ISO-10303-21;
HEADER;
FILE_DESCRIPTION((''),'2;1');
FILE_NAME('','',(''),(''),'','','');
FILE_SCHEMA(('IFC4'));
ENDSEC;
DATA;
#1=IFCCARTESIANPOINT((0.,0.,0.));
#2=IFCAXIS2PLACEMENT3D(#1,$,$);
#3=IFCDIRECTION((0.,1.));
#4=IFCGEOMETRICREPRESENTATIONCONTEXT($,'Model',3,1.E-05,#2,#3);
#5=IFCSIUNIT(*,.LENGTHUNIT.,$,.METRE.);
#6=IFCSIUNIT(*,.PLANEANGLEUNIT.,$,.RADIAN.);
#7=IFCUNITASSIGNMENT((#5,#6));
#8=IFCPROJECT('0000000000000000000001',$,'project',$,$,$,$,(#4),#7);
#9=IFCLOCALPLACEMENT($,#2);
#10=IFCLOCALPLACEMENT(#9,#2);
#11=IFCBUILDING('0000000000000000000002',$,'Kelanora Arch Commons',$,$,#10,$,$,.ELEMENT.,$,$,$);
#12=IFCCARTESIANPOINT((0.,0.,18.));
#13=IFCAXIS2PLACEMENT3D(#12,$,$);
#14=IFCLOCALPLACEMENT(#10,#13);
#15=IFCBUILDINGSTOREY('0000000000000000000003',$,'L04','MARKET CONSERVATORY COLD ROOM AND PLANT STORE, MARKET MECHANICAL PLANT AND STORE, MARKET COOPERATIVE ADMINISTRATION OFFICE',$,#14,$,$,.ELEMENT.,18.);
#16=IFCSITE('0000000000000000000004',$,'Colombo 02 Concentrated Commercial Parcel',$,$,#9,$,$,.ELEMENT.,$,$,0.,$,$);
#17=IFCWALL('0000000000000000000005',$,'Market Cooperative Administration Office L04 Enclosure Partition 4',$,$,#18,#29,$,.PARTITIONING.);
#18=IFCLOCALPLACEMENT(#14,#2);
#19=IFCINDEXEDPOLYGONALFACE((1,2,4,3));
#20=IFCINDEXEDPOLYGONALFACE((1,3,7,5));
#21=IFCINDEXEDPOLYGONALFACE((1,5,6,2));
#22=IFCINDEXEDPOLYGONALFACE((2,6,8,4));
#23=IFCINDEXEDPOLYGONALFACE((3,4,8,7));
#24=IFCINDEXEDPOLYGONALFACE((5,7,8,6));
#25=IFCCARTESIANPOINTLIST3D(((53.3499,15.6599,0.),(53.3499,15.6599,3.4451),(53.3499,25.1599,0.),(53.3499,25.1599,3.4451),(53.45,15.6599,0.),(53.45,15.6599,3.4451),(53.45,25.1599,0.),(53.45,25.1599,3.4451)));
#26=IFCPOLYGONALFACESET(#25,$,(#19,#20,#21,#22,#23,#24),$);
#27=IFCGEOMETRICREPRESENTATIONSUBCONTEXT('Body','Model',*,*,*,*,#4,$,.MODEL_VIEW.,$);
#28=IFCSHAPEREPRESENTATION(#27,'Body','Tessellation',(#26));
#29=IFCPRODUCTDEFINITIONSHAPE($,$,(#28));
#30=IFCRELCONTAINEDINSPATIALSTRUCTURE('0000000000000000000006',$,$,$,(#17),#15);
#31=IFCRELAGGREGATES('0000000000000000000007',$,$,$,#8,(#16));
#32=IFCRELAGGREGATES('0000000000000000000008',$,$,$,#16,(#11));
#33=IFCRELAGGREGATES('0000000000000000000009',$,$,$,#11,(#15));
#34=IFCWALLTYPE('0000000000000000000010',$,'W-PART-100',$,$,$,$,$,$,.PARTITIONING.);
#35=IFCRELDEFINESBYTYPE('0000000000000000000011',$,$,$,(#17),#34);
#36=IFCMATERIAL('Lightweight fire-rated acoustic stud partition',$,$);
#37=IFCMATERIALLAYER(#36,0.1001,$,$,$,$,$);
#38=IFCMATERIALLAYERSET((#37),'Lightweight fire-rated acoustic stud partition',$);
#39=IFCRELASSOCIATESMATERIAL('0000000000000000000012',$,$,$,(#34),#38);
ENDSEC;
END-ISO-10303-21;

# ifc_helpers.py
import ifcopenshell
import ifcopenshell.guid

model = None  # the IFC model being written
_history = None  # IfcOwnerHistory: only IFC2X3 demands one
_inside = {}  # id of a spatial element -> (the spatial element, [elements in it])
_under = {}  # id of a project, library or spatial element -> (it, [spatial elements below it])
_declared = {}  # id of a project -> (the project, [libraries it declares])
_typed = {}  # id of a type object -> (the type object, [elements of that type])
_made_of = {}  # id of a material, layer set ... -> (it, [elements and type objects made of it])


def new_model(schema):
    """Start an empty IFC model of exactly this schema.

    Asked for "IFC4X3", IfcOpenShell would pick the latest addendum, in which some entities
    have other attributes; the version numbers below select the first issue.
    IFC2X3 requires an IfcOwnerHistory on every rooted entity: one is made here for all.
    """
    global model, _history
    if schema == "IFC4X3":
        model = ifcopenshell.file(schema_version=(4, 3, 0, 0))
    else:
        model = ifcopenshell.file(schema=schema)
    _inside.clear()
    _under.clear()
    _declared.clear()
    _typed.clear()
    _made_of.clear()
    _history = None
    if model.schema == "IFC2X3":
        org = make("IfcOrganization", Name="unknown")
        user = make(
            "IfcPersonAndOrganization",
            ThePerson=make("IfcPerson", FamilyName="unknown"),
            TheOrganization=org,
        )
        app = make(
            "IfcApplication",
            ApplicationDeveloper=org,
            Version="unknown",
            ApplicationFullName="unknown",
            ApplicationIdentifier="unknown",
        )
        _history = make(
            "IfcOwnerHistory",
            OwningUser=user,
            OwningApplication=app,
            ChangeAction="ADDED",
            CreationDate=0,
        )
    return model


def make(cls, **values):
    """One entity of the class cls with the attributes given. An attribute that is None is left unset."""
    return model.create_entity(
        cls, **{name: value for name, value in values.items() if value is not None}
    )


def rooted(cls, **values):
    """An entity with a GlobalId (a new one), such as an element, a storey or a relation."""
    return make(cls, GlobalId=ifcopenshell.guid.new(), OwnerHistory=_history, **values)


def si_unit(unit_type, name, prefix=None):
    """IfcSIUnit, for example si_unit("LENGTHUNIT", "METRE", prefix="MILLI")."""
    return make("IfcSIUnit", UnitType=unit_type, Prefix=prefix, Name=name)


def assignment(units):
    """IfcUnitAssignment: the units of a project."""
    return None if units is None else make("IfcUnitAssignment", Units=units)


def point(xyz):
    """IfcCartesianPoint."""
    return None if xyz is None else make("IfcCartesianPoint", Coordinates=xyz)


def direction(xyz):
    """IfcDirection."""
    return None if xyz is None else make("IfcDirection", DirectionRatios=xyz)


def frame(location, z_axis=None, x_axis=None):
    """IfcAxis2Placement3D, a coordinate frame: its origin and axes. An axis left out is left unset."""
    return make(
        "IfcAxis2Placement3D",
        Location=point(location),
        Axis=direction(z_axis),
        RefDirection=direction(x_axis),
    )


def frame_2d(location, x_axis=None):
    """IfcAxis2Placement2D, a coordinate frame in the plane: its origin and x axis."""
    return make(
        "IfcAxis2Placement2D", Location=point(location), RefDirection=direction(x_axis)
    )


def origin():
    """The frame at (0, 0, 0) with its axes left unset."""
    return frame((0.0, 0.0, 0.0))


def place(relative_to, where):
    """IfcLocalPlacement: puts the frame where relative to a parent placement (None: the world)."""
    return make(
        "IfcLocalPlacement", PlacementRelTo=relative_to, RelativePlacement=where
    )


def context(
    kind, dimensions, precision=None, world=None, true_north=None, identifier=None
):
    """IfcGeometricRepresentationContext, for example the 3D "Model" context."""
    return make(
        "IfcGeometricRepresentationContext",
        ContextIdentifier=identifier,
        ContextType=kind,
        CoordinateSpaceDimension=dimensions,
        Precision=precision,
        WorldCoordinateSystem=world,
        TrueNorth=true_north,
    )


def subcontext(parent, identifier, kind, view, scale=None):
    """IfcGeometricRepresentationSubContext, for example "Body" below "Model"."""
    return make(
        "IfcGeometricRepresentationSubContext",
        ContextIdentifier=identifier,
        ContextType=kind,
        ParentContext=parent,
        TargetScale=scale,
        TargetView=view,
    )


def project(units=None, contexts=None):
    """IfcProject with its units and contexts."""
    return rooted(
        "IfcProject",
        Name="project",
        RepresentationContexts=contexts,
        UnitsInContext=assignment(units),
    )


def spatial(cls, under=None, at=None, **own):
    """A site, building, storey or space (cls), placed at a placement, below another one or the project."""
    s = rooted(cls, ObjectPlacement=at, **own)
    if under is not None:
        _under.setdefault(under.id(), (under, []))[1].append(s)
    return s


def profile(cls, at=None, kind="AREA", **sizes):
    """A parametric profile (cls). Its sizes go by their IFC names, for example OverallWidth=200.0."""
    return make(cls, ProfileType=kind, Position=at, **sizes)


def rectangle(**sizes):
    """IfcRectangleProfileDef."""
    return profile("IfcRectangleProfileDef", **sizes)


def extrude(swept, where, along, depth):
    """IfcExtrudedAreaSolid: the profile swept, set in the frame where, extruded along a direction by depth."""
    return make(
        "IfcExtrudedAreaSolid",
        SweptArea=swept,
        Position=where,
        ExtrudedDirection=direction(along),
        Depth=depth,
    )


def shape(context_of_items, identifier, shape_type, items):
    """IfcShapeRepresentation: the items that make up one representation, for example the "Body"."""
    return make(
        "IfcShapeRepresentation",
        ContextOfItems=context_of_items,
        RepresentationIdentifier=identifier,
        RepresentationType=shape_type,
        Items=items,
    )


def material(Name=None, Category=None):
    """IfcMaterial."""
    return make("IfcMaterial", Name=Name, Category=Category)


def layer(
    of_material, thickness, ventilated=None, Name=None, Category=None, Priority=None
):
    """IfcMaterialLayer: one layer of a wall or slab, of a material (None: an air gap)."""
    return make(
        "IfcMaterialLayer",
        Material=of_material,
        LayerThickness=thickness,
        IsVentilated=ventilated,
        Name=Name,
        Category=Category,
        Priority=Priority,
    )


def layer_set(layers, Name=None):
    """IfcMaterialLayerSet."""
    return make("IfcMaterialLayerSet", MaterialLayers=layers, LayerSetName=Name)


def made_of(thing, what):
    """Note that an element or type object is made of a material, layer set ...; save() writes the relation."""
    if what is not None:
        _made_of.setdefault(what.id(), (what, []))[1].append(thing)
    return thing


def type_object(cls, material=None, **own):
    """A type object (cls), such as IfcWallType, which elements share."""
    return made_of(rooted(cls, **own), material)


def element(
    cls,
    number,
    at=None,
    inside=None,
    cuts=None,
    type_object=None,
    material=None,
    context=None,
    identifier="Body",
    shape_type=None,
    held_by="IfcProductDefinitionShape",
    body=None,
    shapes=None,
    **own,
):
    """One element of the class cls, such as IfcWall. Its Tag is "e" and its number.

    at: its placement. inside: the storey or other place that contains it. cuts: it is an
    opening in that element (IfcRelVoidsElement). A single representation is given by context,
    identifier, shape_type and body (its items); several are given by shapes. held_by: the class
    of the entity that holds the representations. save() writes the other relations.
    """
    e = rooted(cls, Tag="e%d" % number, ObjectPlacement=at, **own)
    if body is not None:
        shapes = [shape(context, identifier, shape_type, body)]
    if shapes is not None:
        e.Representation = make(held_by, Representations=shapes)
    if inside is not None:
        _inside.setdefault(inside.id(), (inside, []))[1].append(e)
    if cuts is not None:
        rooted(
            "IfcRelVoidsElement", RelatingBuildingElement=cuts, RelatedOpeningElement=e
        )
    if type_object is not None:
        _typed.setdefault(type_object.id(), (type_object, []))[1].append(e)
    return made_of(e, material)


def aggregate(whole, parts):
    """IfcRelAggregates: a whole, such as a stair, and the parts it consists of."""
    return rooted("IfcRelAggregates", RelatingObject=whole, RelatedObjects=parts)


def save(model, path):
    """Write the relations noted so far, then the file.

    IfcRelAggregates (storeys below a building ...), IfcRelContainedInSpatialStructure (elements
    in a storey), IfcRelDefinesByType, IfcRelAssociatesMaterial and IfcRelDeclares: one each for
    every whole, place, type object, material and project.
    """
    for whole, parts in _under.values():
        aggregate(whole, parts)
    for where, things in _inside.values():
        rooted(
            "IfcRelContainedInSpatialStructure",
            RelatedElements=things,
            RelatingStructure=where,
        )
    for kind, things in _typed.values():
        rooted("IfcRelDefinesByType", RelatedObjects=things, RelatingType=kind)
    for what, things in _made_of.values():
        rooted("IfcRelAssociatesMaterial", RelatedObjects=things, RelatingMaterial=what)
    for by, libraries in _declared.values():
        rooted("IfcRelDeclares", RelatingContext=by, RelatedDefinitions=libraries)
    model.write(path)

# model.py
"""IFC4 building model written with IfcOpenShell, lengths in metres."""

from ifc_helpers import new_model, si_unit, direction, frame, frame_2d, origin, place, context, subcontext, project, spatial, rectangle, extrude, material, layer, layer_set, type_object, element, save


model = new_model("IFC4")

# Units and contexts
model_context = context("Model", 3, precision=1e-05, world=origin(), true_north=direction((0.0, 1.0)))
body_context = subcontext(model_context, "Body", "Model", "MODEL_VIEW")
ifc_project = project(units=[si_unit("LENGTHUNIT", "METRE"), si_unit("PLANEANGLEUNIT", "RADIAN")], contexts=[model_context])

# Site, building, storey
site_placement = place(None, origin())
site = spatial("IfcSite", under=ifc_project, at=site_placement, Name="Colombo 02 Concentrated Commercial Parcel", CompositionType="ELEMENT", RefElevation=0.0)
building_placement = place(site_placement, origin())
building = spatial("IfcBuilding", under=site, at=building_placement, Name="Kelanora Arch Commons", CompositionType="ELEMENT")
storey_placement = place(building_placement, frame((0.0, 0.0, 18.0)))
storey = spatial("IfcBuildingStorey", under=building, at=storey_placement, Name="L04", Description="MARKET CONSERVATORY COLD ROOM AND PLANT STORE, MARKET MECHANICAL PLANT AND STORE, MARKET COOPERATIVE ADMINISTRATION OFFICE", CompositionType="ELEMENT", Elevation=18.0)

# Wall
ifc_material_1 = material(Name="Lightweight fire-rated acoustic stud partition")
ifc_layer_1 = layer(ifc_material_1, 0.1001)
ifc_layer_set_1 = layer_set([ifc_layer_1], Name="Lightweight fire-rated acoustic stud partition")
wall_type_1 = type_object("IfcWallType", Name="W-PART-100", PredefinedType="PARTITIONING", material=ifc_layer_set_1)
wall_1_placement = place(storey_placement, frame((53.3999, 25.1599, 0.0), z_axis=(0.0, 0.0, 1.0), x_axis=(0.0, -1.0, 0.0)))
element("IfcWall", 1, at=wall_1_placement, inside=storey, type_object=wall_type_1, Name="Market Cooperative Administration Office L04 Enclosure Partition 4", PredefinedType="PARTITIONING", context=body_context, shape_type="SweptSolid", body=[
    extrude(rectangle(XDim=9.5, YDim=0.1001, at=frame_2d((4.75, 0.0))), origin(), (0.0, 0.0, 1.0), 3.4451),
])

save(model, "model.ifc")
